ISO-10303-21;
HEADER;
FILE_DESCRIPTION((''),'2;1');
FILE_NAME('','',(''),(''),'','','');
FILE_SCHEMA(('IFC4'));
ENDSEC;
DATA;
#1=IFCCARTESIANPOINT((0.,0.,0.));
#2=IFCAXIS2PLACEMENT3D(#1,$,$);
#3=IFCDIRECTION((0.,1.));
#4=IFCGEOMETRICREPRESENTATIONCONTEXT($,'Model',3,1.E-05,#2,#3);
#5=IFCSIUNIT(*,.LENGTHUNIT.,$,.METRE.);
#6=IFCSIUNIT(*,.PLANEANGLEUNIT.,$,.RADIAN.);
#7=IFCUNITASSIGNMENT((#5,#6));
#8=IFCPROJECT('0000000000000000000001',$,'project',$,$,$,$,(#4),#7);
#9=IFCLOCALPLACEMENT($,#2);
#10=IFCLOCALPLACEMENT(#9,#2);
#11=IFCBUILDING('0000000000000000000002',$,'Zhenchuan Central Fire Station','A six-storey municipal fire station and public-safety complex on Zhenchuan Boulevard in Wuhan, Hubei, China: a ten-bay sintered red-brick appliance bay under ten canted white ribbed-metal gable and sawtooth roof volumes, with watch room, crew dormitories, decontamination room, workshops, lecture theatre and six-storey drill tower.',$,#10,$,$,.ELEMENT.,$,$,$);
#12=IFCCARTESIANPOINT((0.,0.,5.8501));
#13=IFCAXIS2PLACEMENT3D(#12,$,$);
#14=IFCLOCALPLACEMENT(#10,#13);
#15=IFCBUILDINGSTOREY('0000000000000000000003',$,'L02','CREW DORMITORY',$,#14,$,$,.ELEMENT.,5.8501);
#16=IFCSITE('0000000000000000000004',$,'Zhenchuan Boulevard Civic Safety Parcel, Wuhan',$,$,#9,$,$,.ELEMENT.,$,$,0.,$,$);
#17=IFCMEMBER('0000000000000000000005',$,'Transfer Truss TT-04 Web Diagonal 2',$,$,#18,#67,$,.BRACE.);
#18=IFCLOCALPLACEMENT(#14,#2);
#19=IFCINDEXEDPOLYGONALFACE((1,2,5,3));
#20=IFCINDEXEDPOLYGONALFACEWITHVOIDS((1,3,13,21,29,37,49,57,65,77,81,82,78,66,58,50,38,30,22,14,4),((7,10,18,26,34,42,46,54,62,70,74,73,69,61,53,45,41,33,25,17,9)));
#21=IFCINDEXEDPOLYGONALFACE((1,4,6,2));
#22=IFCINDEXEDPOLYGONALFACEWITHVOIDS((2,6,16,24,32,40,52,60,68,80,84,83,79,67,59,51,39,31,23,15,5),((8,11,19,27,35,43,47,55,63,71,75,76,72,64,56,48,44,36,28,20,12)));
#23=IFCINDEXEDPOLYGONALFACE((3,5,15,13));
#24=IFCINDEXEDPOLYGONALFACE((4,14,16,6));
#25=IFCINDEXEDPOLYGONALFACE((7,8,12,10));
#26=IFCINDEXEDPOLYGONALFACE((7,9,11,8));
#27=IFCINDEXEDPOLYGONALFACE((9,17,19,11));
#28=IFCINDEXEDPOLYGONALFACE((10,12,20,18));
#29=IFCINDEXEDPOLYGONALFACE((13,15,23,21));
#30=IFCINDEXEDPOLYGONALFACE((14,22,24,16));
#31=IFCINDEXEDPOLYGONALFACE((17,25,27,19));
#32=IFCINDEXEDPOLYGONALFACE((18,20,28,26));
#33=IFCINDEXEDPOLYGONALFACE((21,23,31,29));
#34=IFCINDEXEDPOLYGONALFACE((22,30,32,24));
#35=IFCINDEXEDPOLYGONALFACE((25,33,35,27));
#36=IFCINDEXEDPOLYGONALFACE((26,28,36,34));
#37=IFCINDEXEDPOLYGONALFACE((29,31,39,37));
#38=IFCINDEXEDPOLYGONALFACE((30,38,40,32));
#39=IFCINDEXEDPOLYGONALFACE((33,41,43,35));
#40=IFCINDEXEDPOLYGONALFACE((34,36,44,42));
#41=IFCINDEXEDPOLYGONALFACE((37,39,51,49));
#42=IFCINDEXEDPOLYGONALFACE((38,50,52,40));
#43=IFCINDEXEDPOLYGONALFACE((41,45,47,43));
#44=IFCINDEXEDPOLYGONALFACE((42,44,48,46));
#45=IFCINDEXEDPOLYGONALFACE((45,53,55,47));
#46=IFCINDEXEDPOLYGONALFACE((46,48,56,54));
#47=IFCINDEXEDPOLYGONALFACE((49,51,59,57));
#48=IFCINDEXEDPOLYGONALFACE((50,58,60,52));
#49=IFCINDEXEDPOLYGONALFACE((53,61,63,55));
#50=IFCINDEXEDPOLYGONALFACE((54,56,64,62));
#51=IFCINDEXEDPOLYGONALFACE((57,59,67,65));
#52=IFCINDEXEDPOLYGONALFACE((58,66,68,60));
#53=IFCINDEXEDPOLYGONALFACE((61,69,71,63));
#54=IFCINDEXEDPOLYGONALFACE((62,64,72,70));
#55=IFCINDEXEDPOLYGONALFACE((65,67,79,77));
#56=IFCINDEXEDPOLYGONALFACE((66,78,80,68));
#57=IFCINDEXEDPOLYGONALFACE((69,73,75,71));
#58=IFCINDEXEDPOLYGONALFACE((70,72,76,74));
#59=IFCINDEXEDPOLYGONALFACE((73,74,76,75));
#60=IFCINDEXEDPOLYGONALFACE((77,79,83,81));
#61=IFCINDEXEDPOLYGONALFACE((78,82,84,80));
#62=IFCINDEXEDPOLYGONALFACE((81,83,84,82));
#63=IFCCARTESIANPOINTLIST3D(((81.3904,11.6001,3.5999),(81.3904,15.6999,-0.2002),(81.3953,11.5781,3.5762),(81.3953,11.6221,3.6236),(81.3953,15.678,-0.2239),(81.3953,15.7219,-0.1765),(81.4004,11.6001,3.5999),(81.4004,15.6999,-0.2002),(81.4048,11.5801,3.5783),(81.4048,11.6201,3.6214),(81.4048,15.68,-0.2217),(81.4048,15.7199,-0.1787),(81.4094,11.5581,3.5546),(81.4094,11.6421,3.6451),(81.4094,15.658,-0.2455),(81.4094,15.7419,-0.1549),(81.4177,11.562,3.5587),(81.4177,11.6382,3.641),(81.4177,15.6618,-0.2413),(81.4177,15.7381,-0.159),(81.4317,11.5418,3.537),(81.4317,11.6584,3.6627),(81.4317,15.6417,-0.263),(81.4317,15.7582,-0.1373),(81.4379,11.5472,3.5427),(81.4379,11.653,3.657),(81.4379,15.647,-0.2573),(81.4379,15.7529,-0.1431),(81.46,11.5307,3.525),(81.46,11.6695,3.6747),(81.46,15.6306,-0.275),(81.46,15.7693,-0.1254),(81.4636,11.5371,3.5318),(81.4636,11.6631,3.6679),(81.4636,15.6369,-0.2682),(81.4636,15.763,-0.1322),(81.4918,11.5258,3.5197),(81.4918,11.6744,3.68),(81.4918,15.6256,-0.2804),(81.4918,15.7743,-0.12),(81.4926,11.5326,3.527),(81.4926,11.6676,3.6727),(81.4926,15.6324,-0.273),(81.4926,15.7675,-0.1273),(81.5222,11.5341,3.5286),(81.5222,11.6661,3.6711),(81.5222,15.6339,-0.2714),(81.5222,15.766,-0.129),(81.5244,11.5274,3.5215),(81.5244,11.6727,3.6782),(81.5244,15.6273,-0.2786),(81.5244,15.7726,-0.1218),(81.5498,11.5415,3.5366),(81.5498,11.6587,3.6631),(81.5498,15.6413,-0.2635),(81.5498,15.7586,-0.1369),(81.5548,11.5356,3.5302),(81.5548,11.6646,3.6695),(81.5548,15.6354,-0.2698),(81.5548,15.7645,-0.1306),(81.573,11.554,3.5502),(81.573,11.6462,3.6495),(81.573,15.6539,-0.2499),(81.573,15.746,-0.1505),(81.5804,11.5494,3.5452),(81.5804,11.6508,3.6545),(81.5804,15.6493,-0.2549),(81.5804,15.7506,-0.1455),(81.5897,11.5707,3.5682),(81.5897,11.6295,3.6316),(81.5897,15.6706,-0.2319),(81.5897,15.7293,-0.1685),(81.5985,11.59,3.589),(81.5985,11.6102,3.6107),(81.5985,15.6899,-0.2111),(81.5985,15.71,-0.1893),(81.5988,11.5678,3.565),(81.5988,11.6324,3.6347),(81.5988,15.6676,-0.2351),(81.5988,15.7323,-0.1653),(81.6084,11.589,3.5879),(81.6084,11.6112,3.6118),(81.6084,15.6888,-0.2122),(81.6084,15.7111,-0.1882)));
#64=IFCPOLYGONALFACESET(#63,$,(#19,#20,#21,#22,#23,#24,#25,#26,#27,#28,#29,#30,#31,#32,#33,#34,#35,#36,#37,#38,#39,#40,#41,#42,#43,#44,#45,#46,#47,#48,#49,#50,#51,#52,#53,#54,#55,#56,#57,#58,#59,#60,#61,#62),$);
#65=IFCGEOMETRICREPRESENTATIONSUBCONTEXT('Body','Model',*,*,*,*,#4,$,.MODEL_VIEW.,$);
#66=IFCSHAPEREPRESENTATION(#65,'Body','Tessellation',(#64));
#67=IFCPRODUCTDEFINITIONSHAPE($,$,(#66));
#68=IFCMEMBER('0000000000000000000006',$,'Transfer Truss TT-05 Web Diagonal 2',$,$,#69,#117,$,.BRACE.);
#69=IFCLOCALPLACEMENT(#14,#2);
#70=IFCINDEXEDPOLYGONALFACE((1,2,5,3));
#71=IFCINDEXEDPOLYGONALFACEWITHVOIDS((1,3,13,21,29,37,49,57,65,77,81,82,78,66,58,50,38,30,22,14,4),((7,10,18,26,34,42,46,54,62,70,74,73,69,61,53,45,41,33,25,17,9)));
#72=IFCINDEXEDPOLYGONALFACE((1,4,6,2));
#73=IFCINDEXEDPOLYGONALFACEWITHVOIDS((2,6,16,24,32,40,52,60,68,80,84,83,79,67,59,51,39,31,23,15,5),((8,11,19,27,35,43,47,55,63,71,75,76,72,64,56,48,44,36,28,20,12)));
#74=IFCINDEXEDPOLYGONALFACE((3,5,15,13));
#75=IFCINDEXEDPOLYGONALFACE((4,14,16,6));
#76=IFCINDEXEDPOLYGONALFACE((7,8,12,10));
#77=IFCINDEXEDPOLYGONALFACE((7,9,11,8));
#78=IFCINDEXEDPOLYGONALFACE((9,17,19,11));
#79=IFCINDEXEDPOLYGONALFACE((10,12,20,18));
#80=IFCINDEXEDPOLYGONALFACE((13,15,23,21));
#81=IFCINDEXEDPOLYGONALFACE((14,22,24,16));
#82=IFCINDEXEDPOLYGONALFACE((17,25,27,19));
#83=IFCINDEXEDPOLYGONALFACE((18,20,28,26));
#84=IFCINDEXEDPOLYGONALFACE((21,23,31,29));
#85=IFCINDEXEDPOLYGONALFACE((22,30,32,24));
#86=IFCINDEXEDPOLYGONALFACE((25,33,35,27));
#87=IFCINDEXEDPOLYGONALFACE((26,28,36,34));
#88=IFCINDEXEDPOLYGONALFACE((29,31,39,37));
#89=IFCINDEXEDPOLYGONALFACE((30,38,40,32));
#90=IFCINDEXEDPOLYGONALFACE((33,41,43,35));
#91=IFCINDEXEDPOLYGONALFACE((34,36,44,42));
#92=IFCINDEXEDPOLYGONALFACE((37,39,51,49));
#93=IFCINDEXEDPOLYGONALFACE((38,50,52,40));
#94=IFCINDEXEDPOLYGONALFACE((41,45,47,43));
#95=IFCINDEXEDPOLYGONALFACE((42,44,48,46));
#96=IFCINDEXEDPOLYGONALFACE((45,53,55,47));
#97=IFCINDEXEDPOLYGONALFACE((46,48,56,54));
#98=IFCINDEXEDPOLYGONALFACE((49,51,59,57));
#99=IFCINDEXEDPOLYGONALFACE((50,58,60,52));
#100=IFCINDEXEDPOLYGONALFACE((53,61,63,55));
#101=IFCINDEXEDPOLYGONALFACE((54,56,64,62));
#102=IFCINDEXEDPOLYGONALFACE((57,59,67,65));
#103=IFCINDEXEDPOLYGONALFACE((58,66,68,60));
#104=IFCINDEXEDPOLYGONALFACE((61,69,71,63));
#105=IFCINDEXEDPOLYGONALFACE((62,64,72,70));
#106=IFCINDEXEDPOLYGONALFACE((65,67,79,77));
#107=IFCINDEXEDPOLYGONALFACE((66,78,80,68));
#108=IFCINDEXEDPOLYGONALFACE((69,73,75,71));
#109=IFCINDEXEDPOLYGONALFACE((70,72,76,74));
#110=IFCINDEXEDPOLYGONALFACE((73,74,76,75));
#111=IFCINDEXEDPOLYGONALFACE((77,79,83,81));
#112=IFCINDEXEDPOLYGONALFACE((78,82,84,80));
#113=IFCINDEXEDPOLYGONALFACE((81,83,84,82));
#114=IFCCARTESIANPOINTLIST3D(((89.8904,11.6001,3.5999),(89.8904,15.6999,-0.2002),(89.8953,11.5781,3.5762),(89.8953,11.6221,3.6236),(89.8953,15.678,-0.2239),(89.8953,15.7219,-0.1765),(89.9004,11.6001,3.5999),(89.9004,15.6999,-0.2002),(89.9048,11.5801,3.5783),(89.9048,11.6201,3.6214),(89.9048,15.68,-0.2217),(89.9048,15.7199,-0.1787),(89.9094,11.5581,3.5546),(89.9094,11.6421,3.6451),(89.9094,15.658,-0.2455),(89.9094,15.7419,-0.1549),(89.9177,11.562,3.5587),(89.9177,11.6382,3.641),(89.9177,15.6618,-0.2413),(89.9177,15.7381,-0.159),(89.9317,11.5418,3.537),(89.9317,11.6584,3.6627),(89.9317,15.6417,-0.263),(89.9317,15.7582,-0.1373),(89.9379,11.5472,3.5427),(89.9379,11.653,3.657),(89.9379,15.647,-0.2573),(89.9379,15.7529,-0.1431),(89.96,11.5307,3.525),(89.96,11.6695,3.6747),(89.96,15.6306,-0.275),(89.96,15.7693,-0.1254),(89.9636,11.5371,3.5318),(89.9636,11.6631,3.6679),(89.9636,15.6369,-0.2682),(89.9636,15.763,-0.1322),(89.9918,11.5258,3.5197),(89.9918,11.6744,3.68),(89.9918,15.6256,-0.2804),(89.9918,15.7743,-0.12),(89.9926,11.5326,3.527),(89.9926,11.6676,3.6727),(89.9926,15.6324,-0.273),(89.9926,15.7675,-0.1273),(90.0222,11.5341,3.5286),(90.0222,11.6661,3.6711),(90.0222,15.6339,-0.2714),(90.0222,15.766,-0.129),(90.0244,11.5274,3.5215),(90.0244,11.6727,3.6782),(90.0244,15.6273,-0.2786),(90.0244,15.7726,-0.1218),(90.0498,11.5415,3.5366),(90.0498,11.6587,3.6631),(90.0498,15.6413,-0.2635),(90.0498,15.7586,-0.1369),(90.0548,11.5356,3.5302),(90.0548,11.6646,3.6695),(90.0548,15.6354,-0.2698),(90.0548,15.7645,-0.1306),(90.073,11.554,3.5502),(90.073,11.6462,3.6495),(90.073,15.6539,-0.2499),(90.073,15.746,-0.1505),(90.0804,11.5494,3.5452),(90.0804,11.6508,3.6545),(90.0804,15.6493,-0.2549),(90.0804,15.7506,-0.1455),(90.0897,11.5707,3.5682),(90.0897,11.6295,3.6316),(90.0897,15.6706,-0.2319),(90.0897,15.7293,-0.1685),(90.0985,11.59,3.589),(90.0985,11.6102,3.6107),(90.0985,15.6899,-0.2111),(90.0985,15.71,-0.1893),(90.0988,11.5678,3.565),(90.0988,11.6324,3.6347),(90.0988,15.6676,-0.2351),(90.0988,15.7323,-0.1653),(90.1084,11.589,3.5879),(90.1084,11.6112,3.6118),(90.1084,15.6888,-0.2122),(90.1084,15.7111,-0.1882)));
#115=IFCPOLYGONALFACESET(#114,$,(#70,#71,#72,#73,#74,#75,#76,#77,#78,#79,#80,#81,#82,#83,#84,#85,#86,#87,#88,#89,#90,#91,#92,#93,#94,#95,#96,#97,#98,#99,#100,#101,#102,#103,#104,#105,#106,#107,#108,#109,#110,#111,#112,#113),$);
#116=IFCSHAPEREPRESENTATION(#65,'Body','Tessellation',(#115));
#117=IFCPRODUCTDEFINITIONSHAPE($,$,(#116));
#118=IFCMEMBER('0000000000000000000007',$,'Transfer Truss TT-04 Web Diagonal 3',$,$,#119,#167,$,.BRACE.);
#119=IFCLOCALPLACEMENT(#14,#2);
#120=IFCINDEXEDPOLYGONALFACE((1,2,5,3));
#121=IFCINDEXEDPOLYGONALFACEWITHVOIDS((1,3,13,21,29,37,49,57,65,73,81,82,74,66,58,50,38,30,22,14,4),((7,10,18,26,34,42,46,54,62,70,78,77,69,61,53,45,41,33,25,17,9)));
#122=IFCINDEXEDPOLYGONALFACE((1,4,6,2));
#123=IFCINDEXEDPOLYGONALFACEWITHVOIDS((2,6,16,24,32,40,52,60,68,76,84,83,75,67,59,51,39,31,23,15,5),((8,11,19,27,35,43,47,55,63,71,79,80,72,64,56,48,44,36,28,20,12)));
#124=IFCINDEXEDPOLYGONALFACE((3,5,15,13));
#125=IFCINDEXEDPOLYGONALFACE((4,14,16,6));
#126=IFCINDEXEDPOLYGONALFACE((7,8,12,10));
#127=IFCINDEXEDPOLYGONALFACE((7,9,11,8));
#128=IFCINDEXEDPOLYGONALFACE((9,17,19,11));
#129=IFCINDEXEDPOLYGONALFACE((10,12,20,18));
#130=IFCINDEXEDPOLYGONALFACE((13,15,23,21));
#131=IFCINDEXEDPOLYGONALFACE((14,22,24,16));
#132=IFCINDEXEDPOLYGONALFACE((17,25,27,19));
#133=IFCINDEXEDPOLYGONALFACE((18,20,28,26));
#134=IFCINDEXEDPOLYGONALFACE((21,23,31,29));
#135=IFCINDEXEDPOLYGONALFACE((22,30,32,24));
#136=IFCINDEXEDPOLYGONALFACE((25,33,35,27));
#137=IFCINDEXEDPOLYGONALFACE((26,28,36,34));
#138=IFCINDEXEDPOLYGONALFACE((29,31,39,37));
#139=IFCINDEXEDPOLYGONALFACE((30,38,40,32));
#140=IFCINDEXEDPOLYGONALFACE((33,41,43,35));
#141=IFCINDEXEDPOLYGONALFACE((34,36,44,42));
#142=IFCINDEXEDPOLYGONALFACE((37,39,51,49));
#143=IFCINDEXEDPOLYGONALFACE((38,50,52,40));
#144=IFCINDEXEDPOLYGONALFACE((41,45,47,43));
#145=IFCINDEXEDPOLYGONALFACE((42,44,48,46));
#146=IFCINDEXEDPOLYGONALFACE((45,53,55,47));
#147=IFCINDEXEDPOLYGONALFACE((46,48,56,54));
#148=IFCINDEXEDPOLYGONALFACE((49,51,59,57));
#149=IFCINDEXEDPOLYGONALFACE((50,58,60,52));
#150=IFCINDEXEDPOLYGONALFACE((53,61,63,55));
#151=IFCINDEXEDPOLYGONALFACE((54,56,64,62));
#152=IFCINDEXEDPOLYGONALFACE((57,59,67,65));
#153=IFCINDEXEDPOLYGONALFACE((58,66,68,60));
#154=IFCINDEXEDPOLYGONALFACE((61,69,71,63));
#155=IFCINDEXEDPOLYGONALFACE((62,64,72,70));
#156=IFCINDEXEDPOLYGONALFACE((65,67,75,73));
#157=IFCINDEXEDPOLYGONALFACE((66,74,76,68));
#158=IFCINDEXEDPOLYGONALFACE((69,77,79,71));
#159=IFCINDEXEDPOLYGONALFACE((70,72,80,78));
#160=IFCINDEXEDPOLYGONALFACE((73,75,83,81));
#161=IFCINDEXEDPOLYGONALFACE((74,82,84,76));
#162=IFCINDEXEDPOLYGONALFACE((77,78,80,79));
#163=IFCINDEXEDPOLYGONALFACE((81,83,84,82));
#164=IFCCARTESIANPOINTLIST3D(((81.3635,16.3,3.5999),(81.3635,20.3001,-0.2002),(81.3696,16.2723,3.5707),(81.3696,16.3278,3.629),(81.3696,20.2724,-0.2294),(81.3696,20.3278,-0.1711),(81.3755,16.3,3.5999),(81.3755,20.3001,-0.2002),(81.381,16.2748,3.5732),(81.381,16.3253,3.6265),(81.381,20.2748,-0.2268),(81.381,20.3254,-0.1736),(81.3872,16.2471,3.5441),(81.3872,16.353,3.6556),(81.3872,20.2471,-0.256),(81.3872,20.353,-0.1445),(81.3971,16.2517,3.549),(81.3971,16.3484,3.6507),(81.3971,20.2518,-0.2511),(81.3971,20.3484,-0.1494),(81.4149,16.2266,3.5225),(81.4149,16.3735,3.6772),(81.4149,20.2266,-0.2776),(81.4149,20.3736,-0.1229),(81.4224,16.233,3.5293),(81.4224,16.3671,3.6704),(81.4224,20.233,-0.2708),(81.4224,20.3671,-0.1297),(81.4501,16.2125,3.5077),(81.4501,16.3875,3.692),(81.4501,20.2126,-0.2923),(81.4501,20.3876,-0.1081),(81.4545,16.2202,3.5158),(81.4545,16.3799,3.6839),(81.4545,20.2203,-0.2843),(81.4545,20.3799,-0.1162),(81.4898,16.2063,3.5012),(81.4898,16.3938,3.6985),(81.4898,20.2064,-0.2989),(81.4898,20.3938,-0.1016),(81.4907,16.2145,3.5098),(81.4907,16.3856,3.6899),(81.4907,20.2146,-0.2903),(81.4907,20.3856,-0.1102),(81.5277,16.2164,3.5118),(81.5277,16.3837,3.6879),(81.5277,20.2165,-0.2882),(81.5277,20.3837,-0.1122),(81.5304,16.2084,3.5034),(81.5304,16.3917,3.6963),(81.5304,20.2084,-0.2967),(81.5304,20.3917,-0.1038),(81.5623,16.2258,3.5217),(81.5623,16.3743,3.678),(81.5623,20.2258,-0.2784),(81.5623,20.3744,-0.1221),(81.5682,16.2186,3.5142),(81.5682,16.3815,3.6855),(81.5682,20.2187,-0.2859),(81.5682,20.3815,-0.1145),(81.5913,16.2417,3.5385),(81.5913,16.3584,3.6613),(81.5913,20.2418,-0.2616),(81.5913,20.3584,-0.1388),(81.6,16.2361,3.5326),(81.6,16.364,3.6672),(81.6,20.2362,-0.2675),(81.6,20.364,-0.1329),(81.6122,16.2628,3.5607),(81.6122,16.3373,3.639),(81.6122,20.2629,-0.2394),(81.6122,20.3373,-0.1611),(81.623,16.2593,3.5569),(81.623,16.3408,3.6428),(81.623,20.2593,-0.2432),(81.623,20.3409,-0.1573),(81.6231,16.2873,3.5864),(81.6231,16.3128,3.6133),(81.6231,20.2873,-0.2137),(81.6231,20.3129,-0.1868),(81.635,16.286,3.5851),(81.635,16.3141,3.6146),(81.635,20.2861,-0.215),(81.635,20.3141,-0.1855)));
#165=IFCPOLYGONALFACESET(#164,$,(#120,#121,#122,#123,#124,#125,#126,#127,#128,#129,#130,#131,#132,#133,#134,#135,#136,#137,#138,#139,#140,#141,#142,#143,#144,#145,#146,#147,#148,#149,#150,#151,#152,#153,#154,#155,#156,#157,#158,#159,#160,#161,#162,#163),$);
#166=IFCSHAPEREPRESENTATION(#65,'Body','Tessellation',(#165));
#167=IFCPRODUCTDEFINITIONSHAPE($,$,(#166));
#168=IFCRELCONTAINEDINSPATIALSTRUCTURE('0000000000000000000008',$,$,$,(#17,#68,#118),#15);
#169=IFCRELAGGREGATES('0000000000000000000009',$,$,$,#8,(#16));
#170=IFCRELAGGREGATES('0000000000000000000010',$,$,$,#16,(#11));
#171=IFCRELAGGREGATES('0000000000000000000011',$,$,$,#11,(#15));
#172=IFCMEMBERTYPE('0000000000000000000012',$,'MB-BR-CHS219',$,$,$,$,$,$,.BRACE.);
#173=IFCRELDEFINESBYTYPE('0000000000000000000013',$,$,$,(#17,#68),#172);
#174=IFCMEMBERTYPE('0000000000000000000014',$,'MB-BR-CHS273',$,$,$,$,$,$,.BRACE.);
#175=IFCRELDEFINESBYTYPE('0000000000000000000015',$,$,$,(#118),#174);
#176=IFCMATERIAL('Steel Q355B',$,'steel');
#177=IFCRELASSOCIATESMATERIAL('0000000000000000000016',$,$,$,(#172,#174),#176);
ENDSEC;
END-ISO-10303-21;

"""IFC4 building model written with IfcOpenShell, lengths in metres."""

from ifc_helpers import new_model, si_unit, direction, frame, origin, origin_2d, place, context, subcontext, project, spatial, hollow_circle, extrude, material, material_profile, profile_set, type_object, element, save


model = new_model("IFC4")

# Units and contexts
model_context = context("Model", 3, precision=1e-05, world=origin(), true_north=direction((0.0, 1.0)))
body_context = subcontext(model_context, "Body", "Model", "MODEL_VIEW")
ifc_project = project(units=[si_unit("LENGTHUNIT", "METRE"), si_unit("PLANEANGLEUNIT", "RADIAN")], contexts=[model_context])

# Site, building, storey
site_placement = place(None, origin())
site = spatial("IfcSite", under=ifc_project, at=site_placement, Name="Zhenchuan Boulevard Civic Safety Parcel, Wuhan", CompositionType="ELEMENT", RefElevation=0.0)
building_placement = place(site_placement, origin())
building = spatial("IfcBuilding", under=site, at=building_placement, Name="Zhenchuan Central Fire Station", Description="A six-storey municipal fire station and public-safety complex on Zhenchuan Boulevard in Wuhan, Hubei, China: a ten-bay sintered red-brick appliance bay under ten canted white ribbed-metal gable and sawtooth roof volumes, with watch room, crew dormitories, decontamination room, workshops, lecture theatre and six-storey drill tower.", CompositionType="ELEMENT")
storey_placement = place(building_placement, frame((0.0, 0.0, 5.8501)))
storey = spatial("IfcBuildingStorey", under=building, at=storey_placement, Name="L02", Description="CREW DORMITORY", CompositionType="ELEMENT", Elevation=5.8501)

# Members
ifc_material = material(Name="Steel Q355B", Category="steel")
ifc_material_profile_1 = material_profile(ifc_material, hollow_circle(Radius=0.1096, WallThickness=0.01, at=origin_2d()), Name="CHS 219.1x10")
ifc_profile_set_1 = profile_set([ifc_material_profile_1], Name="Steel Q355B")
member_type_1 = type_object("IfcMemberType", Name="MB-BR-CHS219", PredefinedType="BRACE", material=ifc_profile_set_1)
for number, where, z_axis, x_axis, name in (
    (1, (81.5, 11.6001, 3.5999), (0.0, 0.733414, -0.679782), (-1.0, 0.0, 0.0), "Transfer Truss TT-04 Web Diagonal 2"),
    (2, (90.0, 11.6001, 3.5999), (0.0, 0.733414, -0.679782), (-1.0, 0.0, 0.0), "Transfer Truss TT-05 Web Diagonal 2"),
):
    element("IfcMember", number, at=place(storey_placement, frame(where, z_axis=z_axis, x_axis=x_axis)), inside=storey, type_object=member_type_1, Name=name, PredefinedType="BRACE", context=body_context, shape_type="SweptSolid", body=[
        extrude(hollow_circle(Radius=0.1096, WallThickness=0.01, at=origin_2d()), origin(), (0.0, 0.0, 1.0), 5.5901),
    ])
ifc_material_profile_2 = material_profile(ifc_material, hollow_circle(Radius=0.1365, WallThickness=0.012, at=origin_2d()), Name="CHS 273x12")
ifc_profile_set_2 = profile_set([ifc_material_profile_2], Name="Steel Q355B")
member_type_2 = type_object("IfcMemberType", Name="MB-BR-CHS273", PredefinedType="BRACE", material=ifc_profile_set_2)
for number, where, z_axis, x_axis, name in (
    (3, (81.5, 16.3, 3.5999), (0.0, 0.724995, -0.688754), (-1.0, 0.0, 0.0), "Transfer Truss TT-04 Web Diagonal 3"),
):
    element("IfcMember", number, at=place(storey_placement, frame(where, z_axis=z_axis, x_axis=x_axis)), inside=storey, type_object=member_type_2, Name=name, PredefinedType="BRACE", context=body_context, shape_type="SweptSolid", body=[
        extrude(hollow_circle(Radius=0.1365, WallThickness=0.012, at=origin_2d()), origin(), (0.0, 0.0, 1.0), 5.5173),
    ])

save(model, "model.ifc")
